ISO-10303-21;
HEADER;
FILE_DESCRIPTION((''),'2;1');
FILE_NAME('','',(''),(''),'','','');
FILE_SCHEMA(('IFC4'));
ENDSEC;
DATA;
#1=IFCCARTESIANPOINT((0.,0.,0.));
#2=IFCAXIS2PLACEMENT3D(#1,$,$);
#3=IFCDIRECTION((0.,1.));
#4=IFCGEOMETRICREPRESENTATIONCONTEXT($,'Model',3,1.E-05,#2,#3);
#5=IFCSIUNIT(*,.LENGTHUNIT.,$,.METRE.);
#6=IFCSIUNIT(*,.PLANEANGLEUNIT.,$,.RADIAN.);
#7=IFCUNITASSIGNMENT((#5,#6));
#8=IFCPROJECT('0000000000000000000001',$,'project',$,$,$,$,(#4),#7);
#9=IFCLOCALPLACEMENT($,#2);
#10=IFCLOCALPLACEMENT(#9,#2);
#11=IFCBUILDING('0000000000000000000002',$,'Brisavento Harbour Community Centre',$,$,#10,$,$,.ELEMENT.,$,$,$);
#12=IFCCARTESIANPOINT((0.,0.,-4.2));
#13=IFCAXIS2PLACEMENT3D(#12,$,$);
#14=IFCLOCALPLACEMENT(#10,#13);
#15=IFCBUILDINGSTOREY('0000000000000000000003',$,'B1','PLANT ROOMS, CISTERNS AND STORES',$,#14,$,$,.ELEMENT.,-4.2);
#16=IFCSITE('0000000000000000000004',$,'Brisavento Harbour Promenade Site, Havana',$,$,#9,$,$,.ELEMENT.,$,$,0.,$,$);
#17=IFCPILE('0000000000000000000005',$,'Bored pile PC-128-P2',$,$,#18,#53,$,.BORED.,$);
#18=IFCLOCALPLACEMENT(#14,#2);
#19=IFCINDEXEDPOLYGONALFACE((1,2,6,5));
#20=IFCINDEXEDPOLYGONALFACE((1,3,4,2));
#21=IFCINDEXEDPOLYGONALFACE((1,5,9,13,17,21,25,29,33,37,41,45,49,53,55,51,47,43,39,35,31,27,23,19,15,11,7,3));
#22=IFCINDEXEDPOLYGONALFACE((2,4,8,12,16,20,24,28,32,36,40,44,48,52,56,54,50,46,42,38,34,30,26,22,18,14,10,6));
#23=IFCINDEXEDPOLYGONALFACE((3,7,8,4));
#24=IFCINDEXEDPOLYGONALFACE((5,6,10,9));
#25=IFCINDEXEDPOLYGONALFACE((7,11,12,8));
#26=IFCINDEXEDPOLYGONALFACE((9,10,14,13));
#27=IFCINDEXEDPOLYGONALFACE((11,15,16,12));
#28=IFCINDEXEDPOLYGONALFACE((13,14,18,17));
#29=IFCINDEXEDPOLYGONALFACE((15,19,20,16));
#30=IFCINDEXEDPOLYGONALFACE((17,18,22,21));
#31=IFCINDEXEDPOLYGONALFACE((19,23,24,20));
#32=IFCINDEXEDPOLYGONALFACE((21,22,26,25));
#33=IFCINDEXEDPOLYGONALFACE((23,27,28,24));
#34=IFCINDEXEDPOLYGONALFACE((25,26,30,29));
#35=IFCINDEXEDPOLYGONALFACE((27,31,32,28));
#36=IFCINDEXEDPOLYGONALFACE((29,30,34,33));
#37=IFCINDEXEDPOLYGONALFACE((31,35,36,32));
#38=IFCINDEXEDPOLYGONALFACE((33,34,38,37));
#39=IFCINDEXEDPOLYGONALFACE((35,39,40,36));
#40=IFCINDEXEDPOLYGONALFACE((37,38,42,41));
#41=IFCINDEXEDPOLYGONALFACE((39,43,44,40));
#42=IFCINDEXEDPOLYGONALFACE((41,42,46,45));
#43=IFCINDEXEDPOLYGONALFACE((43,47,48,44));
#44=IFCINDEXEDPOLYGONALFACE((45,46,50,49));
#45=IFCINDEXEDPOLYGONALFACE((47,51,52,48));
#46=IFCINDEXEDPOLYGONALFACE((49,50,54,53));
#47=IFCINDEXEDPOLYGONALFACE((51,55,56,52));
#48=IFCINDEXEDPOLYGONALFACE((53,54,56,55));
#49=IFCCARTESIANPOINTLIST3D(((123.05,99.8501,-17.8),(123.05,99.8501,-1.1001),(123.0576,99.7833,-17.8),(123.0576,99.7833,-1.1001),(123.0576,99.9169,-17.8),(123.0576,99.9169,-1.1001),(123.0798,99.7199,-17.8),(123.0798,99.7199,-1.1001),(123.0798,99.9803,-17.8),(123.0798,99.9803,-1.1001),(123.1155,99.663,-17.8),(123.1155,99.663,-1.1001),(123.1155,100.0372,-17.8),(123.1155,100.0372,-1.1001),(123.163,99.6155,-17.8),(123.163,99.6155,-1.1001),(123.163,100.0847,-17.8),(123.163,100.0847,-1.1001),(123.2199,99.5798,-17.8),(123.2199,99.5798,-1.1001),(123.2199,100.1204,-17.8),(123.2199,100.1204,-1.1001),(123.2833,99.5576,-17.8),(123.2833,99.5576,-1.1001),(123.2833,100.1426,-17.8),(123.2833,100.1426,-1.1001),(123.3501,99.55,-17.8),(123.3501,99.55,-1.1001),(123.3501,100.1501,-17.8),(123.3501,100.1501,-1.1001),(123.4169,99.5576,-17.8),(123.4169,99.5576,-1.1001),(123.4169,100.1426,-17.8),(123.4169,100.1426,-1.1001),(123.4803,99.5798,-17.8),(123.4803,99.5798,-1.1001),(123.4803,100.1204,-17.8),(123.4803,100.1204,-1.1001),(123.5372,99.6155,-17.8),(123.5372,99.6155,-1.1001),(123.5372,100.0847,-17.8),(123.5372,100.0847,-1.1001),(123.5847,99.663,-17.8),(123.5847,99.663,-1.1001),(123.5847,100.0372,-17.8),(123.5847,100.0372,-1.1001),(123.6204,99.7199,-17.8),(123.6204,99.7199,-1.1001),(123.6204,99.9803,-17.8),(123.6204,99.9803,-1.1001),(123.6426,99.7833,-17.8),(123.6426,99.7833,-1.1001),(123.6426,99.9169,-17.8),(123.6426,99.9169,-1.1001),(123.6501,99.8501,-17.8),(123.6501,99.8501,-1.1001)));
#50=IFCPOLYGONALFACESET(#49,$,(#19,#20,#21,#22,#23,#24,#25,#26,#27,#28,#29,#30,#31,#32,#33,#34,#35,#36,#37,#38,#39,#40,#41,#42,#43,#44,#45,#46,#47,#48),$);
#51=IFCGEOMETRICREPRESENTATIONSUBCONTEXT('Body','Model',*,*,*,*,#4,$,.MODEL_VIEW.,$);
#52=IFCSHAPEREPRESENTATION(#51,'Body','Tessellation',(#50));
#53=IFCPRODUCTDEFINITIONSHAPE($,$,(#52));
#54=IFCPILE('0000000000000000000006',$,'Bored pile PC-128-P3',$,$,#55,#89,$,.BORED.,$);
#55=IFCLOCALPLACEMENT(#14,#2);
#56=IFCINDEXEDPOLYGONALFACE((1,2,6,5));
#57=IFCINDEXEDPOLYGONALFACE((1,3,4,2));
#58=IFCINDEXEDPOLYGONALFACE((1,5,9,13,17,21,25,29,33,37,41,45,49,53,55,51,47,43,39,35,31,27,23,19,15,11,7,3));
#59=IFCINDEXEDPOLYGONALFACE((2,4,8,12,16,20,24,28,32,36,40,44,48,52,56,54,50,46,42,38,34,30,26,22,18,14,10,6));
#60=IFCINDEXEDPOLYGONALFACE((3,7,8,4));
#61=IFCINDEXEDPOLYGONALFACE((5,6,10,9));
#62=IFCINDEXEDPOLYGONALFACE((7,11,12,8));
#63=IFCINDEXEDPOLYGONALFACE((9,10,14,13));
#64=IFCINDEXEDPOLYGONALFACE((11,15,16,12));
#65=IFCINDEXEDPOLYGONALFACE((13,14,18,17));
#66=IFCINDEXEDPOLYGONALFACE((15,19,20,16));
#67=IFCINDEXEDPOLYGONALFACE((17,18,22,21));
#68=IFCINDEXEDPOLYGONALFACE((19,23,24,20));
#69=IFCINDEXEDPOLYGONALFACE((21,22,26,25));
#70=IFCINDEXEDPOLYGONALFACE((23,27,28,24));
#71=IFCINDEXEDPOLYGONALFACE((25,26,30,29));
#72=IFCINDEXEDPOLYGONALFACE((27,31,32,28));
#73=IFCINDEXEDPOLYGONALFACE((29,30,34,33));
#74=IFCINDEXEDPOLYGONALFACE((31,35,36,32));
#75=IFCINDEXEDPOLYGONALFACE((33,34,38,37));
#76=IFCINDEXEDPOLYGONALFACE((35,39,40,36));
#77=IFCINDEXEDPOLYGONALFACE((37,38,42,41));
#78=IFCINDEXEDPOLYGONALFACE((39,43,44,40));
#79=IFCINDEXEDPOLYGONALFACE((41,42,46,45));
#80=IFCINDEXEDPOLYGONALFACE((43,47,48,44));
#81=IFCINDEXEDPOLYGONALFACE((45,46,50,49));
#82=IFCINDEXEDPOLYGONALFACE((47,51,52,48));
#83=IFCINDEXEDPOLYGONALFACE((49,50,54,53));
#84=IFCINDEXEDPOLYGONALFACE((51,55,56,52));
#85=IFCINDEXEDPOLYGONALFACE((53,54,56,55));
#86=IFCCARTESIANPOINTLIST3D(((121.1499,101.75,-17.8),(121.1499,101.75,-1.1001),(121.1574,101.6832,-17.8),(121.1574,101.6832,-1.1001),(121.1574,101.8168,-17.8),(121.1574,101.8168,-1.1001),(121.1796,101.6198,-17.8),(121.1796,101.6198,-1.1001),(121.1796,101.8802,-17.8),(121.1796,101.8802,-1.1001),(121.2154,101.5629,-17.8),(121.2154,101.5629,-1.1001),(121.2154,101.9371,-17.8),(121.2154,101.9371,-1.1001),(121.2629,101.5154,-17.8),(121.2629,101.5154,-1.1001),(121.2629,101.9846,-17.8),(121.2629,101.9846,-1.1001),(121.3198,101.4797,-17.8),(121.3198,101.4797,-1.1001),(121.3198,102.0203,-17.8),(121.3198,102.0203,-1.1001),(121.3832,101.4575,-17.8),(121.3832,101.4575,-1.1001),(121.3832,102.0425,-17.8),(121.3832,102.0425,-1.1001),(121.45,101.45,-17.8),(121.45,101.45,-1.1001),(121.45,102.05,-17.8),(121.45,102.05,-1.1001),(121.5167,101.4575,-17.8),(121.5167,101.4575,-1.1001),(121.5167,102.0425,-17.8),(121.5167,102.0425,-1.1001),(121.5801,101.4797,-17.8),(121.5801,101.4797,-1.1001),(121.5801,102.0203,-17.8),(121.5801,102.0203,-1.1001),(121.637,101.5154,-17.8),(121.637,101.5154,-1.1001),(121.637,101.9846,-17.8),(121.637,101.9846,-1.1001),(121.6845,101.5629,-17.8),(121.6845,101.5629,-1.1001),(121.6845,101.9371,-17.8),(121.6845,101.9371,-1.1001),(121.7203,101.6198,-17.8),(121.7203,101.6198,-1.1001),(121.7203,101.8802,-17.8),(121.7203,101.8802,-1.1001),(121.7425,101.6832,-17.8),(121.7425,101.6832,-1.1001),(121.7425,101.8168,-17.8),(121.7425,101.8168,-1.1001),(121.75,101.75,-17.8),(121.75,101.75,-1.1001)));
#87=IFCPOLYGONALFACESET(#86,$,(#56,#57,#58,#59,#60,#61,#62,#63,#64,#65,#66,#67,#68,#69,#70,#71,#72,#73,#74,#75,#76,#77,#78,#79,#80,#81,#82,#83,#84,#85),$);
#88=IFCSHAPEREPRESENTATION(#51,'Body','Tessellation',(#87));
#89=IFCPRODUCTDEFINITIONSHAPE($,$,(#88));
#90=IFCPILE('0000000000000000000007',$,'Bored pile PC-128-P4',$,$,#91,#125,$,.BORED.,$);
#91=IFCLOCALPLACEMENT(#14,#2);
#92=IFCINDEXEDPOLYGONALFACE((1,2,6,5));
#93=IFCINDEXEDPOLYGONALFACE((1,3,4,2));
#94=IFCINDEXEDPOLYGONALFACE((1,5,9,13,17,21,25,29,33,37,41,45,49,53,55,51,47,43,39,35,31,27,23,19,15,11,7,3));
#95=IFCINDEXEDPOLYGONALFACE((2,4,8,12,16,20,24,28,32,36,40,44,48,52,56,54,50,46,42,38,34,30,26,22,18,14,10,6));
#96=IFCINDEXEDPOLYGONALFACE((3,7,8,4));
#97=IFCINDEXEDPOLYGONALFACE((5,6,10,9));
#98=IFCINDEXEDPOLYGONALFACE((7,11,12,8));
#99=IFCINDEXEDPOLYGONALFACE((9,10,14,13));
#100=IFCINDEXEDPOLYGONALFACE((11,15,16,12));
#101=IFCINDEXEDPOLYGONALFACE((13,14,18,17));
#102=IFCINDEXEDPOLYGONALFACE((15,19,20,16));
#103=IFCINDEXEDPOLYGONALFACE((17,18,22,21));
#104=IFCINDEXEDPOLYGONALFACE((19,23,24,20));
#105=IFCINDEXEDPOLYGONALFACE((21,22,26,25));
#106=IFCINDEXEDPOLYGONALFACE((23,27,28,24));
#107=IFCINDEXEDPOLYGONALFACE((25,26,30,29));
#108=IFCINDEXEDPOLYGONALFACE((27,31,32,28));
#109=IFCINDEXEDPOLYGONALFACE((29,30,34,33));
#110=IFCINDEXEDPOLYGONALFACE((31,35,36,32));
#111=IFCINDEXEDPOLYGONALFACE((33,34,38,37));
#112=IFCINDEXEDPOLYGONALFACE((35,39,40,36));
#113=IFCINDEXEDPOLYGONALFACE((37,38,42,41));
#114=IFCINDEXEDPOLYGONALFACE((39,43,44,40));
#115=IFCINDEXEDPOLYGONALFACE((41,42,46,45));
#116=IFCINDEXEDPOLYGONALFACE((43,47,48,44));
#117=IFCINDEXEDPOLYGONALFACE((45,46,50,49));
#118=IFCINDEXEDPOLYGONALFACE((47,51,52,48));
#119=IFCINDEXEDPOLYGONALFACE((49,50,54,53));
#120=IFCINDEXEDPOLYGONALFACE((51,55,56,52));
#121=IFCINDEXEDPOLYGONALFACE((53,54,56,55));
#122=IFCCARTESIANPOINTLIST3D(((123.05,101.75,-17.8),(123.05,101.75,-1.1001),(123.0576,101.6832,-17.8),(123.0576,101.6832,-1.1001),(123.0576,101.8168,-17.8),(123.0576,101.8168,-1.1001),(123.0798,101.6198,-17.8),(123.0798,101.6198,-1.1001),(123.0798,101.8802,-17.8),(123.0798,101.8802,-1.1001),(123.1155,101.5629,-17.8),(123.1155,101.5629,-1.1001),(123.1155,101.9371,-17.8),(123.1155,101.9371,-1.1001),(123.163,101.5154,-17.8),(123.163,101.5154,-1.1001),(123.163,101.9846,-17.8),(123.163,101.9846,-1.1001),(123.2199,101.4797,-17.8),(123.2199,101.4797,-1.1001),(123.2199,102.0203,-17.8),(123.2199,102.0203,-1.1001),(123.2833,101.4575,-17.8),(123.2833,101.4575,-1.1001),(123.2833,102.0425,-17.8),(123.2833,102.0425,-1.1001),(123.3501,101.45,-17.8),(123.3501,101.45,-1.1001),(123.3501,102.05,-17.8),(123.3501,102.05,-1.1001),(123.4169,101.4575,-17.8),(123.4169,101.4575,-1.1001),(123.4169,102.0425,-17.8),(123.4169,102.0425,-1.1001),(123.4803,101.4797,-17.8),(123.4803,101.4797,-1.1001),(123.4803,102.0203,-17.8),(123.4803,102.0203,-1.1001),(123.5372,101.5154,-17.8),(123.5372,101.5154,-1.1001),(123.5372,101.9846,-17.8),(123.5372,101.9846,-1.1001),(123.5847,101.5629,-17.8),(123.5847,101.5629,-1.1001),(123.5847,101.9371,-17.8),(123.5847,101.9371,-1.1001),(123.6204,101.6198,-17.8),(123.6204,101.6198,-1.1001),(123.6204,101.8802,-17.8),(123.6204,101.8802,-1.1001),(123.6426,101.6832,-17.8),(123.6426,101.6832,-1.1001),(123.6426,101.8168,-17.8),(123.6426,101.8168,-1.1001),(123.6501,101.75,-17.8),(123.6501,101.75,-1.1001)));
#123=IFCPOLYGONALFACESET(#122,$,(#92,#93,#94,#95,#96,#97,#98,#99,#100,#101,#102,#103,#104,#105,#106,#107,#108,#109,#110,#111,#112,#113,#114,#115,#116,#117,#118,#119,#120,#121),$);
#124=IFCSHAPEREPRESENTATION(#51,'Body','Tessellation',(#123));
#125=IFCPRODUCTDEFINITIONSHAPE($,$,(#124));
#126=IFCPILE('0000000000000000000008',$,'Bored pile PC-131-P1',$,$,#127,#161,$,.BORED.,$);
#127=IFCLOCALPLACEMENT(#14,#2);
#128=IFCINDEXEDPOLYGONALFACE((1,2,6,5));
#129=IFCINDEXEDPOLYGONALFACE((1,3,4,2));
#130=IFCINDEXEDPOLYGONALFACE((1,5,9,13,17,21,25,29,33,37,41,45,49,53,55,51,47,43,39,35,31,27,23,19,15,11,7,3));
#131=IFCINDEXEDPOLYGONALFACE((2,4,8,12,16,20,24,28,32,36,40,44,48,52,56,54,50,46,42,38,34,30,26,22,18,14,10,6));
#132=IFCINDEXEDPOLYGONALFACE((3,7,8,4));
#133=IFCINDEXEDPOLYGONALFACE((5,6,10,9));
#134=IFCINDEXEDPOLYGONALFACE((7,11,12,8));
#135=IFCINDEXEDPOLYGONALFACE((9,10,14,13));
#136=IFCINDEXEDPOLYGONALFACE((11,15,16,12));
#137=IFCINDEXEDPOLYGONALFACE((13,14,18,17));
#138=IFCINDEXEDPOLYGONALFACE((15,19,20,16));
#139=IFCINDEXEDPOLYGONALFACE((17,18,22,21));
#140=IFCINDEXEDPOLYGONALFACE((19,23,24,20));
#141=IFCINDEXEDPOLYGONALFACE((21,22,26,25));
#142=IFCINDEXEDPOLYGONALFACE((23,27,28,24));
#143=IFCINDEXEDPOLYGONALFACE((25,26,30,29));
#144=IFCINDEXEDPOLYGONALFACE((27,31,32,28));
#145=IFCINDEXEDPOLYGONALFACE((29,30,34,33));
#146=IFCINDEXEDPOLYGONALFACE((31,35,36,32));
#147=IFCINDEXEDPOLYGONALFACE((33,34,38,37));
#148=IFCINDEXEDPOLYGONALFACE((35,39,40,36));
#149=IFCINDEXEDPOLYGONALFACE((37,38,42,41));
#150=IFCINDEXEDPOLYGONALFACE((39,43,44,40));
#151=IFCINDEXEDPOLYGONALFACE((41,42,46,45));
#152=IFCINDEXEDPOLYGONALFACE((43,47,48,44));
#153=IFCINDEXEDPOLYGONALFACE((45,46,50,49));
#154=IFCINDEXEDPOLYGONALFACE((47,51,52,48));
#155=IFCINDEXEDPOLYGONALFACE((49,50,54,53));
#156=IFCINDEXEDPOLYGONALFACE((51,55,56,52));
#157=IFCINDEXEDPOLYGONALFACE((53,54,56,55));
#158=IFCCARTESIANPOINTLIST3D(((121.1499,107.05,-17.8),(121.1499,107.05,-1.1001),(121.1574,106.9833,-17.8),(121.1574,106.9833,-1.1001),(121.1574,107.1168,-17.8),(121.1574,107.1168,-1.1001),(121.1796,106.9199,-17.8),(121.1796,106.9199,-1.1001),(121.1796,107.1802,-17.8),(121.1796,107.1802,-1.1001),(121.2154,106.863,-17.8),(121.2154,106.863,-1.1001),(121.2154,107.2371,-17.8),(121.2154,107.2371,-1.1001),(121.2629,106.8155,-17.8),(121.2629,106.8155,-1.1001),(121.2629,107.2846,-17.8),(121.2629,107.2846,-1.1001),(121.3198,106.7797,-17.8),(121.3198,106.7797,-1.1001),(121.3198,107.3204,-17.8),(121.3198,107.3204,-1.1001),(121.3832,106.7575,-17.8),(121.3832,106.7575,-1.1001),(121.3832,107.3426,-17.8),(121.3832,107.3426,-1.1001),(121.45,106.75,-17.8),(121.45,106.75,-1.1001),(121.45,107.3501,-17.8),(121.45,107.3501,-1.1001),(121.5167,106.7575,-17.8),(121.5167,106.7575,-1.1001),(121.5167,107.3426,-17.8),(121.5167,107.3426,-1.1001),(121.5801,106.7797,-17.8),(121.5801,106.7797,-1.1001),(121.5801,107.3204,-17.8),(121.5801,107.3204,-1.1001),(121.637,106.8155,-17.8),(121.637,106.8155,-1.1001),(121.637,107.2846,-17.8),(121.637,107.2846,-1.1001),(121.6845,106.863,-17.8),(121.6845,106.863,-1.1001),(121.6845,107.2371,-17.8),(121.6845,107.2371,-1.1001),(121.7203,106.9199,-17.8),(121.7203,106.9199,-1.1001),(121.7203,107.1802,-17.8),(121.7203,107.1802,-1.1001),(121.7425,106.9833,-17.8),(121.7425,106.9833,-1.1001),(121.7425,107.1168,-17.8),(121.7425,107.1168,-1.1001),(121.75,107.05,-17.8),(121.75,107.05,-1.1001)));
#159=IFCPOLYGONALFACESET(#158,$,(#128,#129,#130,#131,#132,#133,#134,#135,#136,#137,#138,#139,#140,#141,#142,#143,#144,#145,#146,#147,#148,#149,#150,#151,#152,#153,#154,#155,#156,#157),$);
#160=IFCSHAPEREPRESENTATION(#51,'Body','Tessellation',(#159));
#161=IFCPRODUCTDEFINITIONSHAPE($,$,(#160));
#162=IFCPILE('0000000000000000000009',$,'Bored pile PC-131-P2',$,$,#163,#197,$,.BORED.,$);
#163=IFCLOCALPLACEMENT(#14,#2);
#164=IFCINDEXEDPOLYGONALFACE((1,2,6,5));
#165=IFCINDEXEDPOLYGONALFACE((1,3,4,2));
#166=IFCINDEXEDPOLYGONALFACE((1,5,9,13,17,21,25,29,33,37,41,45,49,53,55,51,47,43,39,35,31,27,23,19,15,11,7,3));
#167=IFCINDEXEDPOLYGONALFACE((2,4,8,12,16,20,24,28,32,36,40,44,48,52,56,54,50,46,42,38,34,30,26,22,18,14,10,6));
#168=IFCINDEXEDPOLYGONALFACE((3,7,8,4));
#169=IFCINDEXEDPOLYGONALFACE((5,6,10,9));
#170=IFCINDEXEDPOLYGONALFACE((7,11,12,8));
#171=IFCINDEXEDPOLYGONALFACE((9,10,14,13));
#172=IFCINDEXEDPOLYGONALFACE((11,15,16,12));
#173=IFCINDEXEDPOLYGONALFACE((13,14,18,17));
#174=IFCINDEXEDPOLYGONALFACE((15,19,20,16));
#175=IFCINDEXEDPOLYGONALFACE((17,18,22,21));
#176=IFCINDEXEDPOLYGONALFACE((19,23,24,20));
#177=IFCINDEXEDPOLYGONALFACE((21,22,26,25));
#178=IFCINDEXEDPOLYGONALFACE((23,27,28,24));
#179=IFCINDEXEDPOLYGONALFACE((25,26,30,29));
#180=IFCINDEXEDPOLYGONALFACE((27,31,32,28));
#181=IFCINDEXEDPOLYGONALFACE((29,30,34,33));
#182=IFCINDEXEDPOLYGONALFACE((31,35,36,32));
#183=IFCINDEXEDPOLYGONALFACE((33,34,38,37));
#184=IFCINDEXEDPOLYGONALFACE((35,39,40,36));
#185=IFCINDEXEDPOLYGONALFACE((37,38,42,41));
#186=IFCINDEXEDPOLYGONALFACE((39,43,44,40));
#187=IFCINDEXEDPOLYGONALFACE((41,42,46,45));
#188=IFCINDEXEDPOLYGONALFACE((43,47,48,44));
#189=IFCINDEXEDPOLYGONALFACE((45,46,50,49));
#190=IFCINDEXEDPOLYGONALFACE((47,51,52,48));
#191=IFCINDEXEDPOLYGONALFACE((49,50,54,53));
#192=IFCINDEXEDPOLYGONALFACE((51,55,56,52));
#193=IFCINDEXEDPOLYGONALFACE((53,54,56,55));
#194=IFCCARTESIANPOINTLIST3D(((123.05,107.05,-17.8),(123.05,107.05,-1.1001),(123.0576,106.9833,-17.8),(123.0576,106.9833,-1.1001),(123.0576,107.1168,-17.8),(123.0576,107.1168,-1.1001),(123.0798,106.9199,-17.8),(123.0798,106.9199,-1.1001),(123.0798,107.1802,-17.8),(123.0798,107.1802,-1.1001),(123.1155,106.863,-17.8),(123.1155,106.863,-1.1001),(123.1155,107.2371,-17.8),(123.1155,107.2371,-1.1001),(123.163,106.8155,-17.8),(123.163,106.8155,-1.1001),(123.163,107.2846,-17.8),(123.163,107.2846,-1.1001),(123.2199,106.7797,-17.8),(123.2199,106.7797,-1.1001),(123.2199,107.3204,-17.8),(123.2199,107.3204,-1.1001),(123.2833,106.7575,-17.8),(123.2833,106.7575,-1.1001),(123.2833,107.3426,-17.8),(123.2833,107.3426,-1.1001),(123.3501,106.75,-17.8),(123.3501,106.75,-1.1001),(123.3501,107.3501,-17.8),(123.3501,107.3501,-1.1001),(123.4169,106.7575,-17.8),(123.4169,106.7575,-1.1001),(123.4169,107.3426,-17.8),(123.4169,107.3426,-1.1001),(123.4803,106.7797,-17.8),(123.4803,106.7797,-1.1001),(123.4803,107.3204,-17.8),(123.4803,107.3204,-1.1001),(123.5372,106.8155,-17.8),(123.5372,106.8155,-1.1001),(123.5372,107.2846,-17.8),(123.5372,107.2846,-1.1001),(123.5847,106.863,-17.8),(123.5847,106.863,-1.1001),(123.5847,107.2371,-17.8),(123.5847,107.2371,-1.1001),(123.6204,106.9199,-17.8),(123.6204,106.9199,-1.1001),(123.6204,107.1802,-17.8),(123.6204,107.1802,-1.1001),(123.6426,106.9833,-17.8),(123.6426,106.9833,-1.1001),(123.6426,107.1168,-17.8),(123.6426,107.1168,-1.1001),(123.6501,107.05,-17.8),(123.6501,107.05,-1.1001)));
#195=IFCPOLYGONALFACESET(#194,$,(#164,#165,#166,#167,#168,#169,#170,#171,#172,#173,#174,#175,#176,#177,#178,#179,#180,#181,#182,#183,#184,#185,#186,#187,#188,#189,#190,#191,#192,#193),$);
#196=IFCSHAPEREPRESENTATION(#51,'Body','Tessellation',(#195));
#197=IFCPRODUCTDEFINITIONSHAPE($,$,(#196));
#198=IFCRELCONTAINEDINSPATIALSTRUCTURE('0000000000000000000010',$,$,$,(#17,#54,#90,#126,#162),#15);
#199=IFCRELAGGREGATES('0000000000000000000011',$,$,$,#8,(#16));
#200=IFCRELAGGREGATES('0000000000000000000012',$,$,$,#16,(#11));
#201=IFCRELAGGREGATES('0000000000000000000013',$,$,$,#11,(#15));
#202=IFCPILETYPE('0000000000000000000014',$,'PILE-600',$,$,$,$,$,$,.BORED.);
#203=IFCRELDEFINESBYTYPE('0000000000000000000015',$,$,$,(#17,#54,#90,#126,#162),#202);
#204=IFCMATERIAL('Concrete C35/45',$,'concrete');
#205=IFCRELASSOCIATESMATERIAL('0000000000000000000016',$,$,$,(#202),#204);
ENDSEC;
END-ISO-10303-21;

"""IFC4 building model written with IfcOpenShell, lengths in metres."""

from ifc_helpers import new_model, si_unit, direction, frame, origin, origin_2d, place, context, subcontext, project, spatial, circle, extrude, material, material_profile, profile_set, type_object, element, save


model = new_model("IFC4")

# Units and contexts
model_context = context("Model", 3, precision=1e-05, world=origin(), true_north=direction((0.0, 1.0)))
body_context = subcontext(model_context, "Body", "Model", "MODEL_VIEW")
ifc_project = project(units=[si_unit("LENGTHUNIT", "METRE"), si_unit("PLANEANGLEUNIT", "RADIAN")], contexts=[model_context])

# Site, building, storey
site_placement = place(None, origin())
site = spatial("IfcSite", under=ifc_project, at=site_placement, Name="Brisavento Harbour Promenade Site, Havana", CompositionType="ELEMENT", RefElevation=0.0)
building_placement = place(site_placement, origin())
building = spatial("IfcBuilding", under=site, at=building_placement, Name="Brisavento Harbour Community Centre", CompositionType="ELEMENT")
storey_placement = place(building_placement, frame((0.0, 0.0, -4.2)))
storey = spatial("IfcBuildingStorey", under=building, at=storey_placement, Name="B1", Description="PLANT ROOMS, CISTERNS AND STORES", CompositionType="ELEMENT", Elevation=-4.2)

# Shared definitions
ifc_material_1 = material(Name="Concrete C35/45", Category="concrete")

# Piles
ifc_material_profile_1 = material_profile(ifc_material_1, circle(Radius=0.3, at=origin_2d()), Name="Concrete C35/45")
ifc_profile_set_1 = profile_set([ifc_material_profile_1], Name="Concrete C35/45")
pile_type_1 = type_object("IfcPileType", Name="PILE-600", PredefinedType="BORED", material=ifc_profile_set_1)
for number, where, z_axis, x_axis, name in (
    (1, (123.3501, 99.8501, -1.1001), (0.0, 0.0, -1.0), (1.0, 0.0, 0.0), "Bored pile PC-128-P2"),
    (2, (121.45, 101.75, -1.1001), (0.0, 0.0, -1.0), (1.0, 0.0, 0.0), "Bored pile PC-128-P3"),
    (3, (123.3501, 101.75, -1.1001), (0.0, 0.0, -1.0), (1.0, 0.0, 0.0), "Bored pile PC-128-P4"),
    (4, (121.45, 107.05, -1.1001), (0.0, 0.0, -1.0), (1.0, 0.0, 0.0), "Bored pile PC-131-P1"),
    (5, (123.3501, 107.05, -1.1001), (0.0, 0.0, -1.0), (1.0, 0.0, 0.0), "Bored pile PC-131-P2"),
):
    element("IfcPile", number, at=place(storey_placement, frame(where, z_axis=z_axis, x_axis=x_axis)), inside=storey, type_object=pile_type_1, Name=name, PredefinedType="BORED", context=body_context, shape_type="SweptSolid", body=[
        extrude(circle(Radius=0.3, at=origin_2d()), origin(), (0.0, 0.0, 1.0), 16.7),
    ])

save(model, "model.ifc")
